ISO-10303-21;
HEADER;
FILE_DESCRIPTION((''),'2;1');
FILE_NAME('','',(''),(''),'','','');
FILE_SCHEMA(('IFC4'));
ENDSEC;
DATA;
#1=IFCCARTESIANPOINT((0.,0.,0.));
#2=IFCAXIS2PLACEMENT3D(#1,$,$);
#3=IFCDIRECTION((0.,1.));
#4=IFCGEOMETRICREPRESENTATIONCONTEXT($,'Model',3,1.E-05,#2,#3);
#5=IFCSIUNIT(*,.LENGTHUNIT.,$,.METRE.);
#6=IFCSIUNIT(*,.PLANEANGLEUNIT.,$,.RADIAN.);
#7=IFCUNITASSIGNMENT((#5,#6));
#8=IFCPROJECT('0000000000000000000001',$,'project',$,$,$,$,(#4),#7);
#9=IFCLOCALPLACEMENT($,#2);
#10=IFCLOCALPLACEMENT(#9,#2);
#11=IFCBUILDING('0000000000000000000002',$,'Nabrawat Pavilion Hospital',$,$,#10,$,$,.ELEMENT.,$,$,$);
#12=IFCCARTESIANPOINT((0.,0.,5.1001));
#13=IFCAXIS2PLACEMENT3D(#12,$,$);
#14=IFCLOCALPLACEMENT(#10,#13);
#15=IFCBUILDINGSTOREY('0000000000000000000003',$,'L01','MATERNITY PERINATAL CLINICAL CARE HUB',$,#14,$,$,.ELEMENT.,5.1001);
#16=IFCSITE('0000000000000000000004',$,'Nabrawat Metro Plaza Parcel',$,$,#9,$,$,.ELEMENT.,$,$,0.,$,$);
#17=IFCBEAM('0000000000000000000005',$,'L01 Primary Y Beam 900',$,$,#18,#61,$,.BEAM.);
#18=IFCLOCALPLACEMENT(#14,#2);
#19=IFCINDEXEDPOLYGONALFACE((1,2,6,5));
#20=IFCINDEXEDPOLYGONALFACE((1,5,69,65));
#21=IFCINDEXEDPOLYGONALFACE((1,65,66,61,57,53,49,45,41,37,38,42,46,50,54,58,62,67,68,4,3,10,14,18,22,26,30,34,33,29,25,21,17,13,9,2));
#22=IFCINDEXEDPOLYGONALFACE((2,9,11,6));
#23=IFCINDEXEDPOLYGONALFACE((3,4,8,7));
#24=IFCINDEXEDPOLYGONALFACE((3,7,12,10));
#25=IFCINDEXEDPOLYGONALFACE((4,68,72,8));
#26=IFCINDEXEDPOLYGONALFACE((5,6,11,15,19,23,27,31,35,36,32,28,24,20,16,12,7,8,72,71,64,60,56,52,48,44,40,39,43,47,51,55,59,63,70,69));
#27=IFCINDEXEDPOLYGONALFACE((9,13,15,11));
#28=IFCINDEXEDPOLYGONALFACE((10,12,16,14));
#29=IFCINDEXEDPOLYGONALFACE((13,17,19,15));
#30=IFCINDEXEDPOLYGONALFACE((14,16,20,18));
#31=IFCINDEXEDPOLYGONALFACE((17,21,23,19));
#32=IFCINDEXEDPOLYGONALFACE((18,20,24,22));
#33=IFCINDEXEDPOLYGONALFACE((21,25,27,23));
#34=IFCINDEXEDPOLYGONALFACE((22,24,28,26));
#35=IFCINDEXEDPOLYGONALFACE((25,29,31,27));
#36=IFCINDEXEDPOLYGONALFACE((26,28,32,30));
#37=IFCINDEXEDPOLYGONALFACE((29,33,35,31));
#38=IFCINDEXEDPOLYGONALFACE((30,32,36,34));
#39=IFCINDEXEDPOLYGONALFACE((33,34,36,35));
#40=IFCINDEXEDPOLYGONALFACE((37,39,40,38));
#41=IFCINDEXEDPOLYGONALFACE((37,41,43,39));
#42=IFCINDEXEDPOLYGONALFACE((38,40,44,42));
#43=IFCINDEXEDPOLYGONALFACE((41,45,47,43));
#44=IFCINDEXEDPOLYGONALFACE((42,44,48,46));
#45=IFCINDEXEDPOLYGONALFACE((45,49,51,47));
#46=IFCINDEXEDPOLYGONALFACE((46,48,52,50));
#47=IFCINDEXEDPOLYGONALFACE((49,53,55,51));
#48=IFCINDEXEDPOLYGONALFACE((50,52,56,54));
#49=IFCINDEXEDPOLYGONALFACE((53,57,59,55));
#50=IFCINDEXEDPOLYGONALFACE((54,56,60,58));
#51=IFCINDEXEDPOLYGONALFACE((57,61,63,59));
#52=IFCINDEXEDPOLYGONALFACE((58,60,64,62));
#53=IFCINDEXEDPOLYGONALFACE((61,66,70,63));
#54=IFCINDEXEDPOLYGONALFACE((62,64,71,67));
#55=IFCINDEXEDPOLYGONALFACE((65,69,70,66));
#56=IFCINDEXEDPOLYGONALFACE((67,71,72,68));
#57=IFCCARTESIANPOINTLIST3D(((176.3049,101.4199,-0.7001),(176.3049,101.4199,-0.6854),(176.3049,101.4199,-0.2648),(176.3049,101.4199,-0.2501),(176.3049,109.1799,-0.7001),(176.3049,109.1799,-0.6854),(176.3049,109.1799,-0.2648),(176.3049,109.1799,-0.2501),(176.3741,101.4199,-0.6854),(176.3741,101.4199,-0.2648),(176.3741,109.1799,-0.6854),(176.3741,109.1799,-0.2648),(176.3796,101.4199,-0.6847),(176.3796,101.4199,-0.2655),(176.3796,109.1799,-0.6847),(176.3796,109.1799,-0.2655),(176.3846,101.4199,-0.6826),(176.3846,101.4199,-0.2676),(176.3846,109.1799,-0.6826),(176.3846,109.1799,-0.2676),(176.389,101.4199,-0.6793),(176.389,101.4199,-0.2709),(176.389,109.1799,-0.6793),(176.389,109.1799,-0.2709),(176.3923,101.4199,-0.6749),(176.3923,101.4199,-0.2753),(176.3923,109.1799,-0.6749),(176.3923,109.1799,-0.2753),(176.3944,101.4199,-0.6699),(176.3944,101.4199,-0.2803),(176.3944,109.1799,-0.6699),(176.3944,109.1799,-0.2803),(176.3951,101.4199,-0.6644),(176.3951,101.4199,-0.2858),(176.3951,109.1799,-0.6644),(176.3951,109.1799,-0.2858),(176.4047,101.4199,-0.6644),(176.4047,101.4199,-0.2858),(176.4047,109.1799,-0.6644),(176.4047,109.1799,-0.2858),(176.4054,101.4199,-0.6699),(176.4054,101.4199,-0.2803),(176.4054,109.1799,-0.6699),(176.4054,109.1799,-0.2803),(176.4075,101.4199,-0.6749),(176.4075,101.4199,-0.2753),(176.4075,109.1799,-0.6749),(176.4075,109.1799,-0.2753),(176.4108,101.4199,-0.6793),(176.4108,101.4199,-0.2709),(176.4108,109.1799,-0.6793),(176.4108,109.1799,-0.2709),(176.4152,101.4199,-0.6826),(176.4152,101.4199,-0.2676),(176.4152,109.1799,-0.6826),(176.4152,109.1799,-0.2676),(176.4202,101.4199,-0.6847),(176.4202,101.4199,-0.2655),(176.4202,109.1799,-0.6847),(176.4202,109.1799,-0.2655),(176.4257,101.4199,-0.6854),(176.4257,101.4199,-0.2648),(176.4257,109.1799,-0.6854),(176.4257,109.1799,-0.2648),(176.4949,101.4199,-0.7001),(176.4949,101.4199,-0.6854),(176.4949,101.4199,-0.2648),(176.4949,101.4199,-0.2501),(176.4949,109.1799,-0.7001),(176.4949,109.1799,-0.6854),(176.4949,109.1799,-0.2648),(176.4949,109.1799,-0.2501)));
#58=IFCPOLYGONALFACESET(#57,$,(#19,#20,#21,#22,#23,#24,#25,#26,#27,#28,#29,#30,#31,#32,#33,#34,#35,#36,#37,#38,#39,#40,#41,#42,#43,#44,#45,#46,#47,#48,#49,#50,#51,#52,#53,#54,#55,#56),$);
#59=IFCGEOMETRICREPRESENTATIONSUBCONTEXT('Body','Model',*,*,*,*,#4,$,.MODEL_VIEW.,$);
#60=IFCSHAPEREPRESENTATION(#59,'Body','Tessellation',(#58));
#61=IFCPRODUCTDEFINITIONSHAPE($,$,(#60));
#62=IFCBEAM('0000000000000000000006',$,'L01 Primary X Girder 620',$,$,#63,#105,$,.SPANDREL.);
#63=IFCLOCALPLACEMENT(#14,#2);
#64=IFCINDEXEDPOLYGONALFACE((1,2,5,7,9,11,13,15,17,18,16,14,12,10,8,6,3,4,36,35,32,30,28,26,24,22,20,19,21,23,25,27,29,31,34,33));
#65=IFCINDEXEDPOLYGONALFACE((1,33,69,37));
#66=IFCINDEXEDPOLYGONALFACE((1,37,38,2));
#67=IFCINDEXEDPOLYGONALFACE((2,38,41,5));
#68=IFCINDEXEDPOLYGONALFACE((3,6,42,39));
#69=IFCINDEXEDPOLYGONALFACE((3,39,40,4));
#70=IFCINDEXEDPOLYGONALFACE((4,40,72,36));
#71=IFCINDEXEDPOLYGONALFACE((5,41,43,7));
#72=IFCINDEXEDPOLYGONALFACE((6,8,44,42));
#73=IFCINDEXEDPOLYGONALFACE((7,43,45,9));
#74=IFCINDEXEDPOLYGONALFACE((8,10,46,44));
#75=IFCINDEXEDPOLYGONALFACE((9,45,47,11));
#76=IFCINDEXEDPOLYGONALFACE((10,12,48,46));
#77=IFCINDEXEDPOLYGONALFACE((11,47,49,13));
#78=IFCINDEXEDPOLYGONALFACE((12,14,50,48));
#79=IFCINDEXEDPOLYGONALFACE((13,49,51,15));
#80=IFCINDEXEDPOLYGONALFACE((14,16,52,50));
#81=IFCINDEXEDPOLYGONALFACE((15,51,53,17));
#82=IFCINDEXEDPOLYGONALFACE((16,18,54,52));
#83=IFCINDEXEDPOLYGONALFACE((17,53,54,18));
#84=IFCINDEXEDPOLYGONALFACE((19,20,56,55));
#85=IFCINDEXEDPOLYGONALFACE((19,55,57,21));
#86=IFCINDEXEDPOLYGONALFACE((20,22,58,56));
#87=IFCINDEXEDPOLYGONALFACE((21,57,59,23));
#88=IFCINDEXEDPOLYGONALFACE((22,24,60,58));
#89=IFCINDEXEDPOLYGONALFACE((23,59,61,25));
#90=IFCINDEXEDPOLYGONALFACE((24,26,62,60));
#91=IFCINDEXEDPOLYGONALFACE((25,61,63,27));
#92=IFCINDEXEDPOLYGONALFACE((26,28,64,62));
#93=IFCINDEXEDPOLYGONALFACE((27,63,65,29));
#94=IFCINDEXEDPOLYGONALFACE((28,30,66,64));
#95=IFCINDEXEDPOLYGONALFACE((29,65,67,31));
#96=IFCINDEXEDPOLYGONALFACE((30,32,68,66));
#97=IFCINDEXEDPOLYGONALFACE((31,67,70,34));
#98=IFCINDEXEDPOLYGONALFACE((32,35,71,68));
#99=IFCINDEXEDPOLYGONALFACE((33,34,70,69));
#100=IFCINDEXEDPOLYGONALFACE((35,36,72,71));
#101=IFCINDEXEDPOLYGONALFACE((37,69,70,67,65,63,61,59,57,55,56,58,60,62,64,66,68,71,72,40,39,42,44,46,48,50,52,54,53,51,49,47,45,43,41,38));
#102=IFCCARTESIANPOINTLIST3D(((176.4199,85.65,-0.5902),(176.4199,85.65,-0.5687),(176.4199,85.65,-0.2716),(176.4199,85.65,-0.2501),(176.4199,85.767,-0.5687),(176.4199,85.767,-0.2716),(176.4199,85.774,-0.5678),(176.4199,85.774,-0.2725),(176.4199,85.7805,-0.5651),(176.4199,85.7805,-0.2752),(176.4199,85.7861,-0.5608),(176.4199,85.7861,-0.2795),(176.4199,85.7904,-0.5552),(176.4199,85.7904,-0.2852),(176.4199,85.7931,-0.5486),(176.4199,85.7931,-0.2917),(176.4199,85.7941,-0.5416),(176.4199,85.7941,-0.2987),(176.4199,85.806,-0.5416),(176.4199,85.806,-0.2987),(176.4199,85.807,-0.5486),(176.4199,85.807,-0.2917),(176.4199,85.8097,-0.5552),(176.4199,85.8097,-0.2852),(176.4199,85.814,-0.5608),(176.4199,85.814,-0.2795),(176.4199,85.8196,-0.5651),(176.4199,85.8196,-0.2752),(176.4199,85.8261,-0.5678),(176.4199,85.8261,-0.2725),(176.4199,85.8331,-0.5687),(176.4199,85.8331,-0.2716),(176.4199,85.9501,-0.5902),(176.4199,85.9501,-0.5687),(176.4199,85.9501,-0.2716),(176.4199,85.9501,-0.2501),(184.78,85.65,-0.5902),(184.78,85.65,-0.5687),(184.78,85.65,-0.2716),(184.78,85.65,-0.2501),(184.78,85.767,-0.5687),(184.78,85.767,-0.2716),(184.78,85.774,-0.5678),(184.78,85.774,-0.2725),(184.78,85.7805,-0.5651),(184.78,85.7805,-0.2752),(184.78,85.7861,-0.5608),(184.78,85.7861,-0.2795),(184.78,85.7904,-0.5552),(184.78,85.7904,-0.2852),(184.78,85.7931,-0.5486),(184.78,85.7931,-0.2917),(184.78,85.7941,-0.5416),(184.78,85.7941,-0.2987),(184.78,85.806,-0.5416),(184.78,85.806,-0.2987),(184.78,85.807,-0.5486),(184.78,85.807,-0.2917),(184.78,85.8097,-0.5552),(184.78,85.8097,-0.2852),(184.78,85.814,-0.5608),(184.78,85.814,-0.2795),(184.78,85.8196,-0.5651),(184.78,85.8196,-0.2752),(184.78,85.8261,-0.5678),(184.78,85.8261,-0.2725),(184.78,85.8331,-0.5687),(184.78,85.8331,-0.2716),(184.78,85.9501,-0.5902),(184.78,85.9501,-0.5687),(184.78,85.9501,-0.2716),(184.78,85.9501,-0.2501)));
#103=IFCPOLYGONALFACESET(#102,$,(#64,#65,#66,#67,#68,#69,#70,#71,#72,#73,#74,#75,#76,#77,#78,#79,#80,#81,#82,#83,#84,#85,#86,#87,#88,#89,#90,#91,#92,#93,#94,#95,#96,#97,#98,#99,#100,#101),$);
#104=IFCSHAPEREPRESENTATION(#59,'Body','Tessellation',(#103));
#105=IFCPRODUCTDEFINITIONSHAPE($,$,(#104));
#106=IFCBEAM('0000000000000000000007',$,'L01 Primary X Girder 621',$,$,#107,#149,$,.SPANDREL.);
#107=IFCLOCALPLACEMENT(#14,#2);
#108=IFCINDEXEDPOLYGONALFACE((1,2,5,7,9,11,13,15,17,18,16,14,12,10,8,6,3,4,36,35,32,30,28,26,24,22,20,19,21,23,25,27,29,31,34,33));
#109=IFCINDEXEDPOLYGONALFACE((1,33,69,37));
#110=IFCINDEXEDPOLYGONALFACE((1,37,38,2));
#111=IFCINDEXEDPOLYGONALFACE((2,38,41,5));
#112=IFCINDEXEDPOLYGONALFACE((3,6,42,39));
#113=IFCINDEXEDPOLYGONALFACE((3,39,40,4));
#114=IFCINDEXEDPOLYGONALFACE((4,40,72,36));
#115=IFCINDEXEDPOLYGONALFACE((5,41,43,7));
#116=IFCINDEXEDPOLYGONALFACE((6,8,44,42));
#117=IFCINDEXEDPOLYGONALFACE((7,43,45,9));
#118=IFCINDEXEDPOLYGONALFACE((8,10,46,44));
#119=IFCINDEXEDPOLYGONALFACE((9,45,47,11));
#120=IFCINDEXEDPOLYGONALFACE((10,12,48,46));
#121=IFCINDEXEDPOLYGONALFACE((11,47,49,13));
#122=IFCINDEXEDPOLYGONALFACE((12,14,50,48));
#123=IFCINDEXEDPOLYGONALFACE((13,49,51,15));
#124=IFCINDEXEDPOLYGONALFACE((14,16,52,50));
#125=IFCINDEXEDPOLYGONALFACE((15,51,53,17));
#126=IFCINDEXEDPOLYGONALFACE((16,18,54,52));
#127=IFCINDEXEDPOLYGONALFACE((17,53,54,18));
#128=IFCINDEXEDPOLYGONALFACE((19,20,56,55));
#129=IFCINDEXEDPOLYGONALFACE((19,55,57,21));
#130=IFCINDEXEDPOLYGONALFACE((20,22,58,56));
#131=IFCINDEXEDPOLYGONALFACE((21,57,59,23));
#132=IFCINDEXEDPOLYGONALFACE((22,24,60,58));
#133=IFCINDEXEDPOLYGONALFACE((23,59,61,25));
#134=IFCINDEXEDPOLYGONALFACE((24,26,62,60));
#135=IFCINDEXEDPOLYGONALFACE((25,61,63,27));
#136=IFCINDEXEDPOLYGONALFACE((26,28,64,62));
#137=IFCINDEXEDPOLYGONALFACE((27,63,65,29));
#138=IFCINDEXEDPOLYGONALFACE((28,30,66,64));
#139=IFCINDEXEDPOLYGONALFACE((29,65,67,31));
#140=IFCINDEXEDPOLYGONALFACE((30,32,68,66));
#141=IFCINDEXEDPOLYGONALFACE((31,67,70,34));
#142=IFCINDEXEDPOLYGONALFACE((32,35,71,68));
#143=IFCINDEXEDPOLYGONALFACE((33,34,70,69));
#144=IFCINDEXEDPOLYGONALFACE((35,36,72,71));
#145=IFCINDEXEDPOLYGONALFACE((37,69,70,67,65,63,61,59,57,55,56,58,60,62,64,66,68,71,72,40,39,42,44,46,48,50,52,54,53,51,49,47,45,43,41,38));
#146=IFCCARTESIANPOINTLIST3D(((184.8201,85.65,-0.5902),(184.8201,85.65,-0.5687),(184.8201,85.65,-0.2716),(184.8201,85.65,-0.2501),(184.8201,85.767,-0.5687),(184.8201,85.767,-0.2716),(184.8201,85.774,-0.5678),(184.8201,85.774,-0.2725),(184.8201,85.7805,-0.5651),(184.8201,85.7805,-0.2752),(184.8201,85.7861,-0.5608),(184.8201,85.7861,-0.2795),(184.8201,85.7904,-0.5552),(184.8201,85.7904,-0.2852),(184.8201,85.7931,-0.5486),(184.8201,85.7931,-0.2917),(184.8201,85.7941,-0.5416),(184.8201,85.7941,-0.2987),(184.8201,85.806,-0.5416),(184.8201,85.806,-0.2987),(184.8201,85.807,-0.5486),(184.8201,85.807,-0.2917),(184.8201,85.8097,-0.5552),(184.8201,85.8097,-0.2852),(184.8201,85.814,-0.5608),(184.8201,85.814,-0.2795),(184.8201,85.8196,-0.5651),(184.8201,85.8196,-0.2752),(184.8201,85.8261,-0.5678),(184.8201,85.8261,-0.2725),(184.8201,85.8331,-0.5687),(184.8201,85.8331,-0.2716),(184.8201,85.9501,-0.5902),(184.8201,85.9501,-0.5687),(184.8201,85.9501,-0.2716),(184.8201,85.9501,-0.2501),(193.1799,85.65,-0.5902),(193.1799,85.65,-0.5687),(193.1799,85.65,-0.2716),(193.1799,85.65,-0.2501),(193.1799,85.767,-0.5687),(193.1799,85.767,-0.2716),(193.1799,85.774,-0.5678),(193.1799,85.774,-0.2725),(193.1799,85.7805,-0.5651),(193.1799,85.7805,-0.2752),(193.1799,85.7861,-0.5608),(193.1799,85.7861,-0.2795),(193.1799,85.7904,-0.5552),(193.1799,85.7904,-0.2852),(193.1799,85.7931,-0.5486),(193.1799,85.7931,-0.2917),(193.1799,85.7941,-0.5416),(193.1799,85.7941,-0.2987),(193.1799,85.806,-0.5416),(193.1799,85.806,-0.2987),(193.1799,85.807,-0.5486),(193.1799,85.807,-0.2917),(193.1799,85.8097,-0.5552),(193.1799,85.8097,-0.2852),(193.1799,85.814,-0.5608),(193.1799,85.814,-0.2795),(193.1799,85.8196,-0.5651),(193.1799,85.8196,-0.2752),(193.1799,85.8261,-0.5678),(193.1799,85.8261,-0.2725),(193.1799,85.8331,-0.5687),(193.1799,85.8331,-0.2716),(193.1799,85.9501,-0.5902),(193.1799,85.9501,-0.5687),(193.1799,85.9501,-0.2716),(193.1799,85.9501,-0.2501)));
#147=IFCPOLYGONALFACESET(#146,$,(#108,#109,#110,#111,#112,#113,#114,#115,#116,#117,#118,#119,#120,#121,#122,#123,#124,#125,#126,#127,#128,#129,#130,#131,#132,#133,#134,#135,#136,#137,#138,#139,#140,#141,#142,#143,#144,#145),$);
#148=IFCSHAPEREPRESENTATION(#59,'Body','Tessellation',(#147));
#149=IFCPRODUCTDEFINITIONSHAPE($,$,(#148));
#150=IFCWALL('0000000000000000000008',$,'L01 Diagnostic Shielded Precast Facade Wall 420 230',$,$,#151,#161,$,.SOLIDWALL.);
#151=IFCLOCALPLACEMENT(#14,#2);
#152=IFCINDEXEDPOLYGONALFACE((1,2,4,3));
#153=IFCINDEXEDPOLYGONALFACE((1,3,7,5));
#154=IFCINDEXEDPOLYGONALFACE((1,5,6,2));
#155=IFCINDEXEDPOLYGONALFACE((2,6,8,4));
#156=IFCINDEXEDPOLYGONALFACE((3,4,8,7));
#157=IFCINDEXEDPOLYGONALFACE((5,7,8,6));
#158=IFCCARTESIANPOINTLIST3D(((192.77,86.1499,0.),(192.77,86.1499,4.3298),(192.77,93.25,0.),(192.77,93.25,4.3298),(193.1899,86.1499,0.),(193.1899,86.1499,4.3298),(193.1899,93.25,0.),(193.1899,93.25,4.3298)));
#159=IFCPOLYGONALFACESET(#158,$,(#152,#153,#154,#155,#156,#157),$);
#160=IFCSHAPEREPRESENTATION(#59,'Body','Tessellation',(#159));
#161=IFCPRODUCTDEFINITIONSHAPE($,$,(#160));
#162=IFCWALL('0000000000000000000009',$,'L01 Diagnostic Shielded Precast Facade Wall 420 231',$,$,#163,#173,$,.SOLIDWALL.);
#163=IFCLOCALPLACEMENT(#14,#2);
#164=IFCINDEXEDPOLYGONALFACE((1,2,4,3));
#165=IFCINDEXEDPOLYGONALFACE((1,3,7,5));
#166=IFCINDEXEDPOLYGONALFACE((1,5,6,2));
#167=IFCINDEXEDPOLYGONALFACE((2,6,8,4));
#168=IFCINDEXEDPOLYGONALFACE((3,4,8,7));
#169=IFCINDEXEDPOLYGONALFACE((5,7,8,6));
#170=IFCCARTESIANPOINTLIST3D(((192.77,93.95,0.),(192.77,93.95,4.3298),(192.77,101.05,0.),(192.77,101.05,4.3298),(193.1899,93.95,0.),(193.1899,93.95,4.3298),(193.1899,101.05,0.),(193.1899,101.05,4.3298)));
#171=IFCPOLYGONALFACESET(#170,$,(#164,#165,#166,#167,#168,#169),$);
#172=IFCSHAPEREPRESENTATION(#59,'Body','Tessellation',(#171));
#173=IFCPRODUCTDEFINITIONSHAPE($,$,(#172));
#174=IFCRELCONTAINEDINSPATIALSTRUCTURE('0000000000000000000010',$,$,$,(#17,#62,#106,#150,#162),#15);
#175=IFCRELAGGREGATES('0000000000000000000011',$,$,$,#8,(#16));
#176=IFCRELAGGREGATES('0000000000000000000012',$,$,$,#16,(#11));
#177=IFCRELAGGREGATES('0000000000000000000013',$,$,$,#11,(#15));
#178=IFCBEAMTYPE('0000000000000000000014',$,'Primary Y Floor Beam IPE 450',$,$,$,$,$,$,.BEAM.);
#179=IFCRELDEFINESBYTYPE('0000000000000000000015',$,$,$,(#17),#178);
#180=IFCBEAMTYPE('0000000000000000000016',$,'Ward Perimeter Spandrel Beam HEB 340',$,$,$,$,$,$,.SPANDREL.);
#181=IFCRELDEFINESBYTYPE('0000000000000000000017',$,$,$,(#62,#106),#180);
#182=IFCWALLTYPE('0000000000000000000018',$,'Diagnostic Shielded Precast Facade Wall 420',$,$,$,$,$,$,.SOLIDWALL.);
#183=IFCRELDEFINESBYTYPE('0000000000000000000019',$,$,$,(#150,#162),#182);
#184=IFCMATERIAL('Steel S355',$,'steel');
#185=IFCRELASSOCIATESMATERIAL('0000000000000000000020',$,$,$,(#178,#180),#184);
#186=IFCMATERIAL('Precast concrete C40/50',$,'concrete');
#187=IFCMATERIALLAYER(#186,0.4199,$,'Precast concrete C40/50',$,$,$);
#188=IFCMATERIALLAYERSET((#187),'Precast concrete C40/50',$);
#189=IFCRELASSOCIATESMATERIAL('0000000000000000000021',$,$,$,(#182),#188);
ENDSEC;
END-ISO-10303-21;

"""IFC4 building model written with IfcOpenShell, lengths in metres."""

from ifc_helpers import new_model, si_unit, direction, frame, frame_2d, origin, origin_2d, place, context, subcontext, project, spatial, rectangle, i_section, extrude, material, layer, layer_set, material_profile, profile_set, type_object, element, save


model = new_model("IFC4")

# Units and contexts
model_context = context("Model", 3, precision=1e-05, world=origin(), true_north=direction((0.0, 1.0)))
body_context = subcontext(model_context, "Body", "Model", "MODEL_VIEW")
ifc_project = project(units=[si_unit("LENGTHUNIT", "METRE"), si_unit("PLANEANGLEUNIT", "RADIAN")], contexts=[model_context])

# Site, building, storey
site_placement = place(None, origin())
site = spatial("IfcSite", under=ifc_project, at=site_placement, Name="Nabrawat Metro Plaza Parcel", CompositionType="ELEMENT", RefElevation=0.0)
building_placement = place(site_placement, origin())
building = spatial("IfcBuilding", under=site, at=building_placement, Name="Nabrawat Pavilion Hospital", CompositionType="ELEMENT")
storey_placement = place(building_placement, frame((0.0, 0.0, 5.1001)))
storey = spatial("IfcBuildingStorey", under=building, at=storey_placement, Name="L01", Description="MATERNITY PERINATAL CLINICAL CARE HUB", CompositionType="ELEMENT", Elevation=5.1001)

# Shared definitions
ifc_material_1 = material(Name="Steel S355", Category="steel")

# Beams
ifc_material_profile_1 = material_profile(ifc_material_1, i_section(OverallWidth=0.1899, OverallDepth=0.45, WebThickness=0.0095, FlangeThickness=0.0146, FilletRadius=0.021, at=origin_2d()), Name="IPE 450")
ifc_profile_set_1 = profile_set([ifc_material_profile_1], Name="Steel S355")
beam_type_1 = type_object("IfcBeamType", Name="Primary Y Floor Beam IPE 450", PredefinedType="BEAM", material=ifc_profile_set_1)
beam_1_placement = place(storey_placement, frame((176.3999, 101.4199, -0.4751), z_axis=(0.0, 1.0, 0.0), x_axis=(-1.0, 0.0, 0.0)))
element("IfcBeam", 1, at=beam_1_placement, inside=storey, type_object=beam_type_1, Name="L01 Primary Y Beam 900", PredefinedType="BEAM", context=body_context, shape_type="SweptSolid", body=[
    extrude(i_section(OverallWidth=0.1899, OverallDepth=0.45, WebThickness=0.0095, FlangeThickness=0.0146, FilletRadius=0.021, at=origin_2d()), origin(), (0.0, 0.0, 1.0), 7.76),
])
ifc_material_profile_2 = material_profile(ifc_material_1, i_section(OverallWidth=0.3, OverallDepth=0.3401, WebThickness=0.012, FlangeThickness=0.0215, FilletRadius=0.0271, at=origin_2d()), Name="HEB 340")
ifc_profile_set_2 = profile_set([ifc_material_profile_2], Name="Steel S355")
beam_type_2 = type_object("IfcBeamType", Name="Ward Perimeter Spandrel Beam HEB 340", PredefinedType="SPANDREL", material=ifc_profile_set_2)
beam_2_placement = place(storey_placement, frame((176.4199, 85.8, -0.4202), z_axis=(1.0, 0.0, 0.0), x_axis=(0.0, 1.0, 0.0)))
element("IfcBeam", 2, at=beam_2_placement, inside=storey, type_object=beam_type_2, Name="L01 Primary X Girder 620", PredefinedType="SPANDREL", context=body_context, shape_type="SweptSolid", body=[
    extrude(i_section(OverallWidth=0.3, OverallDepth=0.3401, WebThickness=0.012, FlangeThickness=0.0215, FilletRadius=0.0271, at=origin_2d()), origin(), (0.0, 0.0, 1.0), 8.3601),
])
beam_3_placement = place(storey_placement, frame((184.8201, 85.8, -0.4202), z_axis=(1.0, 0.0, 0.0), x_axis=(0.0, 1.0, 0.0)))
element("IfcBeam", 3, at=beam_3_placement, inside=storey, type_object=beam_type_2, Name="L01 Primary X Girder 621", PredefinedType="SPANDREL", context=body_context, shape_type="SweptSolid", body=[
    extrude(i_section(OverallWidth=0.3, OverallDepth=0.3401, WebThickness=0.012, FlangeThickness=0.0215, FilletRadius=0.0271, at=origin_2d()), origin(), (0.0, 0.0, 1.0), 8.3599),
])

# Walls
ifc_material_2 = material(Name="Precast concrete C40/50", Category="concrete")
ifc_layer = layer(ifc_material_2, 0.4199, Name="Precast concrete C40/50")
ifc_layer_set = layer_set([ifc_layer], Name="Precast concrete C40/50")
wall_type = type_object("IfcWallType", Name="Diagnostic Shielded Precast Facade Wall 420", PredefinedType="SOLIDWALL", material=ifc_layer_set)
for number, where, z_axis, x_axis, name in (
    (4, (192.98, 86.1499, 0.0), (0.0, 0.0, 1.0), (0.0, 1.0, 0.0), "L01 Diagnostic Shielded Precast Facade Wall 420 230"),
    (5, (192.98, 93.95, 0.0), (0.0, 0.0, 1.0), (0.0, 1.0, 0.0), "L01 Diagnostic Shielded Precast Facade Wall 420 231"),
):
    element("IfcWall", number, at=place(storey_placement, frame(where, z_axis=z_axis, x_axis=x_axis)), inside=storey, type_object=wall_type, Name=name, PredefinedType="SOLIDWALL", context=body_context, shape_type="SweptSolid", body=[
        extrude(rectangle(XDim=7.1001, YDim=0.4199, at=frame_2d((3.55, 0.0))), origin(), (0.0, 0.0, 1.0), 4.3298),
    ])

save(model, "model.ifc")
